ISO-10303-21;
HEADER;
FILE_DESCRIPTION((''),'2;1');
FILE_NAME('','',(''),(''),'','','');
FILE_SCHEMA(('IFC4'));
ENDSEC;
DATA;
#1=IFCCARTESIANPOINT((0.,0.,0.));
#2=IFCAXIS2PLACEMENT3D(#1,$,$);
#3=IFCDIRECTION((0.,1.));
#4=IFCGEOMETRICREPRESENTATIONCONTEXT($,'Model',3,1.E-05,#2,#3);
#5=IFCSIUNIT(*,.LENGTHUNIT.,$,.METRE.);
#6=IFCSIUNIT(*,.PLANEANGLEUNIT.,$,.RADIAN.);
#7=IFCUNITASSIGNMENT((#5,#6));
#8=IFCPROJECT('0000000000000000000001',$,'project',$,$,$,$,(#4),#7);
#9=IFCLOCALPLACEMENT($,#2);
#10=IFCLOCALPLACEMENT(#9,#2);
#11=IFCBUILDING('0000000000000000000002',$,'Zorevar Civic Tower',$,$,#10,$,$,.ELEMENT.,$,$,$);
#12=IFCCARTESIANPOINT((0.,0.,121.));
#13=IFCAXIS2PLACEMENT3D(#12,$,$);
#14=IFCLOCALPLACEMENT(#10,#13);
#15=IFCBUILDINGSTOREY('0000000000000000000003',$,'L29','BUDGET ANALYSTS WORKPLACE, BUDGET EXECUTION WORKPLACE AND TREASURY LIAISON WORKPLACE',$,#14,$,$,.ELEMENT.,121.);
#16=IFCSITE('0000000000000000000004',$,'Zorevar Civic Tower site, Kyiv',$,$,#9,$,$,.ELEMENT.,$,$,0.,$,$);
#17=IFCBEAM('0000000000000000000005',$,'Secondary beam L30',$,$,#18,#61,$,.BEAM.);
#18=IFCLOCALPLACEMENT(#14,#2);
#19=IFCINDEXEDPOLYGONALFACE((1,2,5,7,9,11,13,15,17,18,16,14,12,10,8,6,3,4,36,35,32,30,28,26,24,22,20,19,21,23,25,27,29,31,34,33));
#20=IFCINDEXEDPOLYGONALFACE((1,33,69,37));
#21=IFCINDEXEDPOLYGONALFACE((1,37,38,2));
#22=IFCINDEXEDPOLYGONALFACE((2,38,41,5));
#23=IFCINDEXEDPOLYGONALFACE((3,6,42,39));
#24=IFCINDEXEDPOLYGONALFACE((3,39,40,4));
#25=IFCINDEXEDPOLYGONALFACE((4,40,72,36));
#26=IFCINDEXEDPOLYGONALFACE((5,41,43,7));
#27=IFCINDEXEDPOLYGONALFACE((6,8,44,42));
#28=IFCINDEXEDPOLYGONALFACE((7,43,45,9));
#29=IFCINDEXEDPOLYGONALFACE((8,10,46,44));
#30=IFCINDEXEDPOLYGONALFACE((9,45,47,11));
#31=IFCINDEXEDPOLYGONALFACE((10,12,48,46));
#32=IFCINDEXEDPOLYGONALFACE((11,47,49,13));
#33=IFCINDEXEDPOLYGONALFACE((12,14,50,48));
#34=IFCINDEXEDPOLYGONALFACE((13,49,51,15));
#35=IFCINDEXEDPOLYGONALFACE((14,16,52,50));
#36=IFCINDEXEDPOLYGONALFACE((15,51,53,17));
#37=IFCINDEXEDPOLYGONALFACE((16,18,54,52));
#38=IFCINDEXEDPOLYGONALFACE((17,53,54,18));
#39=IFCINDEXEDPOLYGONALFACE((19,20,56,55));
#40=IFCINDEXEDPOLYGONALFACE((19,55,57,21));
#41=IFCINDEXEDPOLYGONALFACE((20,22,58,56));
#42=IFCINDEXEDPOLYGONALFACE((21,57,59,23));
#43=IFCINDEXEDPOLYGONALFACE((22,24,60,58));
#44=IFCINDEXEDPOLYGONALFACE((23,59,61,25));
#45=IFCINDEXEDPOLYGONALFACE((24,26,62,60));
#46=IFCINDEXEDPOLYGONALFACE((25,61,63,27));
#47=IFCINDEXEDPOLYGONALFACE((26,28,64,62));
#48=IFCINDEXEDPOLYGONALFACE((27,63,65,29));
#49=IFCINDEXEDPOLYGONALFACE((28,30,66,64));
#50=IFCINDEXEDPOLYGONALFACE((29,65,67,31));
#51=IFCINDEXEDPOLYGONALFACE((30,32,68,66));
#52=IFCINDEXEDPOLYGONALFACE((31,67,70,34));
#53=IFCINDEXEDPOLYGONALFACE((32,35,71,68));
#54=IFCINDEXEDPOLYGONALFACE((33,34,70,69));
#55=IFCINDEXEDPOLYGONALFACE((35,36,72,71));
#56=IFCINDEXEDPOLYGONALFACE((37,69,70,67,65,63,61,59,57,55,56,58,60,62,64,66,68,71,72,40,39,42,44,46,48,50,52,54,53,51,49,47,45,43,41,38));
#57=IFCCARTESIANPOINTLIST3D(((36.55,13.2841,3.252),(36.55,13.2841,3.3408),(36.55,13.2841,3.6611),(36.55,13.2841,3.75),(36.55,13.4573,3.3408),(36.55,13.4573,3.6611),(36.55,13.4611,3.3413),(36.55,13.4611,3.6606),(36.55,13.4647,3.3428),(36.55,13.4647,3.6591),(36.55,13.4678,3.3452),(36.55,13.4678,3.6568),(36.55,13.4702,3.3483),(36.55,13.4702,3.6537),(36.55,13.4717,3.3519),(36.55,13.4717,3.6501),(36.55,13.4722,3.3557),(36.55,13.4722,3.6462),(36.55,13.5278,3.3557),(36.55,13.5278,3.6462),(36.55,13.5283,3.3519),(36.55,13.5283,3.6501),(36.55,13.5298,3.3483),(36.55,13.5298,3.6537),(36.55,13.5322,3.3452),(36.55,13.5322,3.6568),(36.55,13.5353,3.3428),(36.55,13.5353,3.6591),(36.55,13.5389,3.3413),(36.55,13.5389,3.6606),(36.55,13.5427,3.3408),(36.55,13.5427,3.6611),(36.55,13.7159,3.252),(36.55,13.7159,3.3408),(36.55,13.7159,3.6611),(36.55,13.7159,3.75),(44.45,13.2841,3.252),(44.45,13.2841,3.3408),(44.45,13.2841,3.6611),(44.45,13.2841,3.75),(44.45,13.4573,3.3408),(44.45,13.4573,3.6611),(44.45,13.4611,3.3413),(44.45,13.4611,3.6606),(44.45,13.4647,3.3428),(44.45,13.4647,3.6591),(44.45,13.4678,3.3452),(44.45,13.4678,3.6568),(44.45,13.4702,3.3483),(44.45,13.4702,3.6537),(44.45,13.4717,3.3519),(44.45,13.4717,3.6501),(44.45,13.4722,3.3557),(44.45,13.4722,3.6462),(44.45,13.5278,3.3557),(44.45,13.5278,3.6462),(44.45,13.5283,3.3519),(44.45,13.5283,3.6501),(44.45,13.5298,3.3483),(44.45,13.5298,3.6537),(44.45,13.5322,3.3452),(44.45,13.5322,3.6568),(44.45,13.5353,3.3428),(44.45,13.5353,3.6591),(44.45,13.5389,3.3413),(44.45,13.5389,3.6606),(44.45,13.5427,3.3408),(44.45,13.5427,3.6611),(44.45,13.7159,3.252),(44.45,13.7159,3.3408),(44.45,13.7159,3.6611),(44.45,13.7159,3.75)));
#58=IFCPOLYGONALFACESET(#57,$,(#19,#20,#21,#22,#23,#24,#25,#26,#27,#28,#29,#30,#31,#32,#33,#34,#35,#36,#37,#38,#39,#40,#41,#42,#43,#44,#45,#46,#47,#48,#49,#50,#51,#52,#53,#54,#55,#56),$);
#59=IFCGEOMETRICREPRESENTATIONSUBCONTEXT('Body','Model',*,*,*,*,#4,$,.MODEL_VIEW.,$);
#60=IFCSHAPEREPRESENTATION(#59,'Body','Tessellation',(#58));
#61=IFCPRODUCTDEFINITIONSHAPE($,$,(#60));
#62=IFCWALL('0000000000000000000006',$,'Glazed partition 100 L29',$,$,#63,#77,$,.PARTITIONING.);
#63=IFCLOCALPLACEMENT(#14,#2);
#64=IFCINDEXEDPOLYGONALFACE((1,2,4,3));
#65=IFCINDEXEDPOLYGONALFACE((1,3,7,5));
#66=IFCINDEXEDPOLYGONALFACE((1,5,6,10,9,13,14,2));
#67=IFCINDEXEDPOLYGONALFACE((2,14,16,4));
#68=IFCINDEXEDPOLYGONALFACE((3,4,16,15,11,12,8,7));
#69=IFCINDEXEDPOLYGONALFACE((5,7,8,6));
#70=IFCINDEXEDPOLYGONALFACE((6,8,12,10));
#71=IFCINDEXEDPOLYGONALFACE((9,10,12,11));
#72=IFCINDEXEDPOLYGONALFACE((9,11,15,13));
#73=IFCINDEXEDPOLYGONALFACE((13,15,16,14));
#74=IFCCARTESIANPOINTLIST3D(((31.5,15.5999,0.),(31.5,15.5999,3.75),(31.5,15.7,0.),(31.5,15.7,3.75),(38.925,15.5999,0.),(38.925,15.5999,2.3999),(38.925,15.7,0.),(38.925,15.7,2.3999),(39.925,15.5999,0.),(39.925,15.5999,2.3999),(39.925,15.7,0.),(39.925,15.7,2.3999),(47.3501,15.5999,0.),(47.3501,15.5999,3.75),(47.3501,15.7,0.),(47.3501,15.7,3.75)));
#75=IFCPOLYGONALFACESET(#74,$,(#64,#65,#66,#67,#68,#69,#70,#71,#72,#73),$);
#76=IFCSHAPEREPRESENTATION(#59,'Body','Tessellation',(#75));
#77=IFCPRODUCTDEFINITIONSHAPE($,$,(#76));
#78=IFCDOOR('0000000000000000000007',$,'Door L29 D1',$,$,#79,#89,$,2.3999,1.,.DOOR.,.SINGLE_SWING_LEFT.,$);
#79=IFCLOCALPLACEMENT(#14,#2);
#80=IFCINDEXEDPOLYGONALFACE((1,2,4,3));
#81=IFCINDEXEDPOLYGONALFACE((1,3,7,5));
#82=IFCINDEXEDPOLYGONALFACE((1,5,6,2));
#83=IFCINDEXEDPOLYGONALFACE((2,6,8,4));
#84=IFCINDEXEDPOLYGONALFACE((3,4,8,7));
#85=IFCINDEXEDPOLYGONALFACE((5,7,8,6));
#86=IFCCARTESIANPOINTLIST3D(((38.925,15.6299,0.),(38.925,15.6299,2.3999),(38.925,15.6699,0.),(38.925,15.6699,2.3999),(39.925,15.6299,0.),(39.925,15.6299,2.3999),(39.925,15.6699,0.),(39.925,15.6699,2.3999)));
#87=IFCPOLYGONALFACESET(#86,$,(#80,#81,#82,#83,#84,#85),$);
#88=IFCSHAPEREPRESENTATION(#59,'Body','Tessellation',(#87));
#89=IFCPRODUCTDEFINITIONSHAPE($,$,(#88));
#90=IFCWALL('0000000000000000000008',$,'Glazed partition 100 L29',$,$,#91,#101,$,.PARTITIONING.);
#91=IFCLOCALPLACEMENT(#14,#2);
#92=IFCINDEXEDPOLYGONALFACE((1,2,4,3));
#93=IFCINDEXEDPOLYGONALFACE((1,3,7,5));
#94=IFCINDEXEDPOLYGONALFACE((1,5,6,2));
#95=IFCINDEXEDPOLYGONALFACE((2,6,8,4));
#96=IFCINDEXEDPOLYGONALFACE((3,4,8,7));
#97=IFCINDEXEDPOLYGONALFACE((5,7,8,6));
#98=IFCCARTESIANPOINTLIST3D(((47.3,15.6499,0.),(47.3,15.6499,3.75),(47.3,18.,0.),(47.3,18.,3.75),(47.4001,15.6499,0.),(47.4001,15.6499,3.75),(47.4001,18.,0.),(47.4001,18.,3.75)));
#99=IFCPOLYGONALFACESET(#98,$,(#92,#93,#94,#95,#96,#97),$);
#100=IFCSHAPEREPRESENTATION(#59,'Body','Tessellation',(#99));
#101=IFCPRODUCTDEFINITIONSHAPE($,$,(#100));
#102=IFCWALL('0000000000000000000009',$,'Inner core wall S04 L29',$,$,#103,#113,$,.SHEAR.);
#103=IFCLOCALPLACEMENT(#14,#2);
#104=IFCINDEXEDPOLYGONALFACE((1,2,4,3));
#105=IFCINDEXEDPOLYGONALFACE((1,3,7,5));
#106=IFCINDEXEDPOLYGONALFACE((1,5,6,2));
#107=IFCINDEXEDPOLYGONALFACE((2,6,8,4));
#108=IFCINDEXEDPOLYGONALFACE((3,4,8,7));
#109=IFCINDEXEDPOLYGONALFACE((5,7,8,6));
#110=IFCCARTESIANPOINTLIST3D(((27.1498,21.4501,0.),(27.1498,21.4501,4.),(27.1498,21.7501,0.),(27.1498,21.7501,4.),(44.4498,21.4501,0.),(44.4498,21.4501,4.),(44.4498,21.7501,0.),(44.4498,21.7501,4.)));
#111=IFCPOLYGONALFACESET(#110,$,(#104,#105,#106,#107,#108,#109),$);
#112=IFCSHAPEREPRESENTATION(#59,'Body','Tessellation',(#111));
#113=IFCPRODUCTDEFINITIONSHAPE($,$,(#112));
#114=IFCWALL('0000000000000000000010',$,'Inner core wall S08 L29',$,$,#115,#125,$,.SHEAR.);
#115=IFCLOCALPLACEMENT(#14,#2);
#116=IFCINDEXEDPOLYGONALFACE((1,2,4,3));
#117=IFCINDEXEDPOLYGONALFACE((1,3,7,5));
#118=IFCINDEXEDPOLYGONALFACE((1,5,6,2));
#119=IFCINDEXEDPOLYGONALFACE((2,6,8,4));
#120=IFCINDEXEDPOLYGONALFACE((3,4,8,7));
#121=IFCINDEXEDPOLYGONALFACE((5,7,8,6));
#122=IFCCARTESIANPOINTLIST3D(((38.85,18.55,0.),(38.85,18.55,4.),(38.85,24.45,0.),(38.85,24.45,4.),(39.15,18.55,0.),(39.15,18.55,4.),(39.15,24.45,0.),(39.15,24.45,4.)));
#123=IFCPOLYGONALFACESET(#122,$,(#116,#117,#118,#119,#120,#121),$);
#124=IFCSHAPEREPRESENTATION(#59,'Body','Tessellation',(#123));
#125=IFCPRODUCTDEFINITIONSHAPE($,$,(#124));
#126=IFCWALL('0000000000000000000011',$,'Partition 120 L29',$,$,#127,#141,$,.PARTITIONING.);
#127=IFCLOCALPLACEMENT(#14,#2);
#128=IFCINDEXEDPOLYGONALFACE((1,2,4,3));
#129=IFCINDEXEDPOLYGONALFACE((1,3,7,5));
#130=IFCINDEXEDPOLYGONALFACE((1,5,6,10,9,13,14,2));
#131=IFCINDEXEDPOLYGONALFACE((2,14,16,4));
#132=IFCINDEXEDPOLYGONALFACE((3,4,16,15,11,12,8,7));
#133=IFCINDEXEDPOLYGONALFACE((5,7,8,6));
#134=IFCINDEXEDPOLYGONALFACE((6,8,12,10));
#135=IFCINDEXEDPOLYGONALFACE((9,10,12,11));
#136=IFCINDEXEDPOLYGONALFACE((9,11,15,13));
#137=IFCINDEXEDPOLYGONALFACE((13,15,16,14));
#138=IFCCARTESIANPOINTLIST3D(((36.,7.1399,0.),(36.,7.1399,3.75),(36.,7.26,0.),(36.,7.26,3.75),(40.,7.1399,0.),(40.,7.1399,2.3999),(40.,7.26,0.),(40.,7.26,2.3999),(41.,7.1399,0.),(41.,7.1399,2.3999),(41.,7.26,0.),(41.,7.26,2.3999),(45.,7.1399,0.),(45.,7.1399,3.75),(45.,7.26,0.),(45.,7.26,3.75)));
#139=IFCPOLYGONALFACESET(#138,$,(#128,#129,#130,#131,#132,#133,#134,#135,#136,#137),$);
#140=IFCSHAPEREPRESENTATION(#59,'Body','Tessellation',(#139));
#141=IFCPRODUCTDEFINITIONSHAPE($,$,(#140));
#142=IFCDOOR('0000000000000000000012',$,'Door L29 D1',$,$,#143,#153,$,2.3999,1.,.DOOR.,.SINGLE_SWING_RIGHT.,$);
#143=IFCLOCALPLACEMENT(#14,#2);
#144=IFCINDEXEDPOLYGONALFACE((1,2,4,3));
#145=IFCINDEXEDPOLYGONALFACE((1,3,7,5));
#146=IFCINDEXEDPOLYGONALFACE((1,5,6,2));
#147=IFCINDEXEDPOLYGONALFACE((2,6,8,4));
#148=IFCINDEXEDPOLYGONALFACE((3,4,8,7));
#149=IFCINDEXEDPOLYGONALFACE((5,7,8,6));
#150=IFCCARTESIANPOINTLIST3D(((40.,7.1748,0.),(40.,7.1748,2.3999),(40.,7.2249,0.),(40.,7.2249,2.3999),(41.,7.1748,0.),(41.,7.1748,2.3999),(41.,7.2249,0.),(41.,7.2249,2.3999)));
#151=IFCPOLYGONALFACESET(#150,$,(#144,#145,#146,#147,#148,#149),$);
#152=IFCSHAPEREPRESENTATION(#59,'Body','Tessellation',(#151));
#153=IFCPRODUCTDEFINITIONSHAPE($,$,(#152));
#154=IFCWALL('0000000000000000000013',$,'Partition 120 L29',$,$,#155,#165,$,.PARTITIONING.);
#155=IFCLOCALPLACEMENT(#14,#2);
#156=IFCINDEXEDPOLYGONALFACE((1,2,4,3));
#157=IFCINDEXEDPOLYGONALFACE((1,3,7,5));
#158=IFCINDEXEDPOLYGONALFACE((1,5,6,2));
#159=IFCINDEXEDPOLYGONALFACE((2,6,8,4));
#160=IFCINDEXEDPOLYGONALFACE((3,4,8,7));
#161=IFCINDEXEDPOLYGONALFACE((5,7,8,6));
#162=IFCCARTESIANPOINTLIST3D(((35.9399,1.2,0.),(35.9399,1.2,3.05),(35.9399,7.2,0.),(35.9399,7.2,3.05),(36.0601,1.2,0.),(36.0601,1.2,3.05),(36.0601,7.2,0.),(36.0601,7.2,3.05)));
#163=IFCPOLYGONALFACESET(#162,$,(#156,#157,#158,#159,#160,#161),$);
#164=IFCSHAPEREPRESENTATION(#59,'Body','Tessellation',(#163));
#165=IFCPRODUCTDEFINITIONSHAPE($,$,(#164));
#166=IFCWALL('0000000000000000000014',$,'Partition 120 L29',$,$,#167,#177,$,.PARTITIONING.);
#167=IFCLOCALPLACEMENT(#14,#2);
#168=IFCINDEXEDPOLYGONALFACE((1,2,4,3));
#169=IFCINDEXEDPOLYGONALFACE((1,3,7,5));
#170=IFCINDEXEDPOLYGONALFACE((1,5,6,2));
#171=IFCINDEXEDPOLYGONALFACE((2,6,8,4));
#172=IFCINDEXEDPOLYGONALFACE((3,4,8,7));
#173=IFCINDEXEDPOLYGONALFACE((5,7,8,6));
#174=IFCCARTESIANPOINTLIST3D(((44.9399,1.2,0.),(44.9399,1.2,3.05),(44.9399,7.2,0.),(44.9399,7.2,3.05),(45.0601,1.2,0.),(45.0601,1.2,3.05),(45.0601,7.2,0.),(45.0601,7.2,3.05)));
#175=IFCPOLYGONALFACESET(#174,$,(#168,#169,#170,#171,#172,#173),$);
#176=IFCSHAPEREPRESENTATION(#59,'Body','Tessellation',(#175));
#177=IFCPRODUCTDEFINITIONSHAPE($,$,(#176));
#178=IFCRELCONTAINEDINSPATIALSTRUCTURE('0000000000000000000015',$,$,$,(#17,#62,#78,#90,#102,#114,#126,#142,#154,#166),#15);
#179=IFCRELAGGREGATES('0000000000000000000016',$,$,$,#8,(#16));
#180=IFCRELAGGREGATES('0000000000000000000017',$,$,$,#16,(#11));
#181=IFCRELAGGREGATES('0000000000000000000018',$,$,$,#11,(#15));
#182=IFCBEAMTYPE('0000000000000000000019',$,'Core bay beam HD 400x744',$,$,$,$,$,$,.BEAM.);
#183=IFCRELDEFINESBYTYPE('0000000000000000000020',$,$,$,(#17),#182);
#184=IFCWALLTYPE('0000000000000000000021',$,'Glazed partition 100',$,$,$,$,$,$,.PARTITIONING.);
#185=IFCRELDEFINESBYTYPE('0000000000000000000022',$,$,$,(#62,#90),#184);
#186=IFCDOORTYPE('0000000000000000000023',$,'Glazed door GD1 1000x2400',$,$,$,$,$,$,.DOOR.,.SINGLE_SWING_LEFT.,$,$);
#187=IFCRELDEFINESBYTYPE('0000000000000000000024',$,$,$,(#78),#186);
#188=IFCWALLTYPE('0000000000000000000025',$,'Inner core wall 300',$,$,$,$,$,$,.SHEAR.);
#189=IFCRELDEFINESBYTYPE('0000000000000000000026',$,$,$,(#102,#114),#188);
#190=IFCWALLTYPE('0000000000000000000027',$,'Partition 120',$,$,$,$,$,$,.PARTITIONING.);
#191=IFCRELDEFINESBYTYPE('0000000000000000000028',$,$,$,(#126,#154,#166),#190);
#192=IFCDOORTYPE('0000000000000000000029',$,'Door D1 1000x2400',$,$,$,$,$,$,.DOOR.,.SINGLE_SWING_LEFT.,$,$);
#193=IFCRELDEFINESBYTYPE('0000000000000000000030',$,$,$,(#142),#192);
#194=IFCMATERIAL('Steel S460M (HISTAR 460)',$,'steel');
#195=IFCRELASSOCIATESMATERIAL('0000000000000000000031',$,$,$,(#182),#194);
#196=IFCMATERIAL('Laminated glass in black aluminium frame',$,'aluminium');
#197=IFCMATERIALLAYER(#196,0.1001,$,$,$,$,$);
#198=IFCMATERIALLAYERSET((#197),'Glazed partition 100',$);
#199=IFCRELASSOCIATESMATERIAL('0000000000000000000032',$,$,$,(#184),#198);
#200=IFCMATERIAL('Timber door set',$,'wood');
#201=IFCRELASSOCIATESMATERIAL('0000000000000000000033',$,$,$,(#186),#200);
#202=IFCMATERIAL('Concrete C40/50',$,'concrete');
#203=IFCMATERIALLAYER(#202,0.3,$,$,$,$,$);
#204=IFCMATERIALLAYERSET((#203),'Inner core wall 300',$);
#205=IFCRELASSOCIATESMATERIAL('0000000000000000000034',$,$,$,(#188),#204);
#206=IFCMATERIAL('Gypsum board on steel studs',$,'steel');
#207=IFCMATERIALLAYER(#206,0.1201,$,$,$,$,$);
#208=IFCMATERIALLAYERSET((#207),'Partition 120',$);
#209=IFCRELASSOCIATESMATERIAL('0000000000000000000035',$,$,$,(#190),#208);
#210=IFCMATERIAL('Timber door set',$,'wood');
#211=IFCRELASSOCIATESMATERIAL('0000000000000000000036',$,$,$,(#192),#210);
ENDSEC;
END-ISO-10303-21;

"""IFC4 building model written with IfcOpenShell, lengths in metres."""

from ifc_helpers import new_model, si_unit, direction, frame, frame_2d, origin, origin_2d, place, context, subcontext, project, spatial, rectangle, i_section, extrude, material, layer, layer_set, material_profile, profile_set, type_object, element, fill, save


model = new_model("IFC4")

# Units and contexts
model_context = context("Model", 3, precision=1e-05, world=origin(), true_north=direction((0.0, 1.0)))
body_context = subcontext(model_context, "Body", "Model", "MODEL_VIEW")
ifc_project = project(units=[si_unit("LENGTHUNIT", "METRE"), si_unit("PLANEANGLEUNIT", "RADIAN")], contexts=[model_context])

# Site, building, storey
site_placement = place(None, origin())
site = spatial("IfcSite", under=ifc_project, at=site_placement, Name="Zorevar Civic Tower site, Kyiv", CompositionType="ELEMENT", RefElevation=0.0)
building_placement = place(site_placement, origin())
building = spatial("IfcBuilding", under=site, at=building_placement, Name="Zorevar Civic Tower", CompositionType="ELEMENT")
storey_placement = place(building_placement, frame((0.0, 0.0, 121.0)))
storey = spatial("IfcBuildingStorey", under=building, at=storey_placement, Name="L29", Description="BUDGET ANALYSTS WORKPLACE, BUDGET EXECUTION WORKPLACE AND TREASURY LIAISON WORKPLACE", CompositionType="ELEMENT", Elevation=121.0)

# Beam
ifc_material_1 = material(Name="Steel S460M (HISTAR 460)", Category="steel")
ifc_material_profile_1 = material_profile(ifc_material_1, i_section(OverallWidth=0.4319, OverallDepth=0.498, WebThickness=0.0557, FlangeThickness=0.0889, FilletRadius=0.0149, at=origin_2d()), Name="HD 400x744")
ifc_profile_set_1 = profile_set([ifc_material_profile_1], Name="Steel S460M (HISTAR 460)")
beam_type_1 = type_object("IfcBeamType", Name="Core bay beam HD 400x744", PredefinedType="BEAM", material=ifc_profile_set_1)
for number, where, z_axis, x_axis, name in (
    (1, (36.55, 13.5, 3.501), (1.0, 0.0, 0.0), (0.0, 1.0, 0.0), "Secondary beam L30"),
):
    element("IfcBeam", number, at=place(storey_placement, frame(where, z_axis=z_axis, x_axis=x_axis)), inside=storey, type_object=beam_type_1, Name=name, PredefinedType="BEAM", context=body_context, shape_type="SweptSolid", body=[
        extrude(i_section(OverallWidth=0.4319, OverallDepth=0.498, WebThickness=0.0557, FlangeThickness=0.0889, FilletRadius=0.0149, at=origin_2d()), origin(), (0.0, 0.0, 1.0), 7.8999),
    ])

# Wall, opening, door
ifc_material_2 = material(Name="Laminated glass in black aluminium frame", Category="aluminium")
ifc_layer_1 = layer(ifc_material_2, 0.1001)
ifc_layer_set_1 = layer_set([ifc_layer_1], Name="Glazed partition 100")
wall_type_1 = type_object("IfcWallType", Name="Glazed partition 100", PredefinedType="PARTITIONING", material=ifc_layer_set_1)
wall_1_placement = place(storey_placement, frame((31.5, 15.6499, 0.0), z_axis=(0.0, 0.0, 1.0), x_axis=(1.0, 0.0, 0.0)))
wall_1 = element("IfcWall", 2, at=wall_1_placement, inside=storey, type_object=wall_type_1, Name="Glazed partition 100 L29", PredefinedType="PARTITIONING", context=body_context, shape_type="SweptSolid", body=[
    extrude(rectangle(XDim=15.8501, YDim=0.1001, at=frame_2d((7.925, 0.0))), origin(), (0.0, 0.0, 1.0), 3.75),
])
opening_1_placement = place(wall_1_placement, frame((7.425, 0.0, 0.0)))
opening_1 = element("IfcOpeningElement", 3, at=opening_1_placement, cuts=wall_1, PredefinedType="OPENING", context=body_context, shape_type="SweptSolid", body=[
    extrude(rectangle(XDim=1.0, YDim=2.3999, at=frame_2d((0.5, 1.2))), frame((0.0, 0.0601, 0.0), z_axis=(0.0, -1.0, 0.0), x_axis=(1.0, 0.0, 0.0)), (0.0, 0.0, 1.0), 0.1201),
])
ifc_material_3 = material(Name="Timber door set", Category="wood")
door_type_1 = type_object("IfcDoorType", Name="Glazed door GD1 1000x2400", OperationType="SINGLE_SWING_LEFT", PredefinedType="DOOR", material=ifc_material_3)
door_1_placement = place(opening_1_placement, origin())
door_1 = element("IfcDoor", 4, at=door_1_placement, inside=storey, type_object=door_type_1, Name="Door L29 D1", OperationType="SINGLE_SWING_LEFT", OverallHeight=2.3999, OverallWidth=1.0, PredefinedType="DOOR", context=body_context, shape_type="SweptSolid", body=[
    extrude(rectangle(XDim=1.0, YDim=2.3999, at=frame_2d((0.5, 1.2))), frame((0.0, 0.02, 0.0), z_axis=(0.0, -1.0, 0.0), x_axis=(1.0, 0.0, 0.0)), (0.0, 0.0, 1.0), 0.04),
])
fill(opening_1, door_1)

# Walls
wall_2_placement = place(storey_placement, frame((47.3501, 15.6499, 0.0), z_axis=(0.0, 0.0, 1.0), x_axis=(0.0, 1.0, 0.0)))
element("IfcWall", 5, at=wall_2_placement, inside=storey, type_object=wall_type_1, Name="Glazed partition 100 L29", PredefinedType="PARTITIONING", context=body_context, shape_type="SweptSolid", body=[
    extrude(rectangle(XDim=2.3501, YDim=0.1001, at=frame_2d((1.175, 0.0))), origin(), (0.0, 0.0, 1.0), 3.75),
])
ifc_material_4 = material(Name="Concrete C40/50", Category="concrete")
ifc_layer_2 = layer(ifc_material_4, 0.3)
ifc_layer_set_2 = layer_set([ifc_layer_2], Name="Inner core wall 300")
wall_type_2 = type_object("IfcWallType", Name="Inner core wall 300", PredefinedType="SHEAR", material=ifc_layer_set_2)
wall_3_placement = place(storey_placement, frame((27.1499, 21.6001, 0.0), z_axis=(0.0, 0.0, 1.0), x_axis=(1.0, 0.0, 0.0)))
element("IfcWall", 6, at=wall_3_placement, inside=storey, type_object=wall_type_2, Name="Inner core wall S04 L29", PredefinedType="SHEAR", context=body_context, shape_type="SweptSolid", body=[
    extrude(rectangle(XDim=17.3, YDim=0.3, at=frame_2d((8.6499, 0.0))), origin(), (0.0, 0.0, 1.0), 4.0),
])
wall_4_placement = place(storey_placement, frame((39.0, 18.55, 0.0), z_axis=(0.0, 0.0, 1.0), x_axis=(0.0, 1.0, 0.0)))
element("IfcWall", 7, at=wall_4_placement, inside=storey, type_object=wall_type_2, Name="Inner core wall S08 L29", PredefinedType="SHEAR", context=body_context, shape_type="SweptSolid", body=[
    extrude(rectangle(XDim=5.8999, YDim=0.3, at=frame_2d((2.95, 0.0))), origin(), (0.0, 0.0, 1.0), 4.0),
])

# Wall, opening, door
ifc_material_5 = material(Name="Gypsum board on steel studs", Category="steel")
ifc_layer_3 = layer(ifc_material_5, 0.1201)
ifc_layer_set_3 = layer_set([ifc_layer_3], Name="Partition 120")
wall_type_3 = type_object("IfcWallType", Name="Partition 120", PredefinedType="PARTITIONING", material=ifc_layer_set_3)
wall_5_placement = place(storey_placement, frame((36.0, 7.2, 0.0), z_axis=(0.0, 0.0, 1.0), x_axis=(1.0, 0.0, 0.0)))
wall_5 = element("IfcWall", 8, at=wall_5_placement, inside=storey, type_object=wall_type_3, Name="Partition 120 L29", PredefinedType="PARTITIONING", context=body_context, shape_type="SweptSolid", body=[
    extrude(rectangle(XDim=9.0, YDim=0.1201, at=frame_2d((4.5, 0.0))), origin(), (0.0, 0.0, 1.0), 3.75),
])
opening_2_placement = place(wall_5_placement, frame((4.0, 0.0, 0.0)))
opening_2 = element("IfcOpeningElement", 9, at=opening_2_placement, cuts=wall_5, PredefinedType="OPENING", context=body_context, shape_type="SweptSolid", body=[
    extrude(rectangle(XDim=1.0, YDim=2.3999, at=frame_2d((0.5, 1.2))), frame((0.0, 0.0701, 0.0), z_axis=(0.0, -1.0, 0.0), x_axis=(1.0, 0.0, 0.0)), (0.0, 0.0, 1.0), 0.1401),
])
ifc_material_6 = material(Name="Timber door set", Category="wood")
door_type_2 = type_object("IfcDoorType", Name="Door D1 1000x2400", OperationType="SINGLE_SWING_LEFT", PredefinedType="DOOR", material=ifc_material_6)
door_2_placement = place(opening_2_placement, origin())
door_2 = element("IfcDoor", 10, at=door_2_placement, inside=storey, type_object=door_type_2, Name="Door L29 D1", OperationType="SINGLE_SWING_RIGHT", OverallHeight=2.3999, OverallWidth=1.0, PredefinedType="DOOR", context=body_context, shape_type="SweptSolid", body=[
    extrude(rectangle(XDim=1.0, YDim=2.3999, at=frame_2d((0.5, 1.2))), frame((0.0, 0.0249, 0.0), z_axis=(0.0, -1.0, 0.0), x_axis=(1.0, 0.0, 0.0)), (0.0, 0.0, 1.0), 0.05),
])
fill(opening_2, door_2)

# Walls
for number, where, z_axis, x_axis, name in (
    (11, (36.0, 1.2, 0.0), (0.0, 0.0, 1.0), (0.0, 1.0, 0.0), "Partition 120 L29"),
    (12, (45.0, 1.2, 0.0), (0.0, 0.0, 1.0), (0.0, 1.0, 0.0), "Partition 120 L29"),
):
    element("IfcWall", number, at=place(storey_placement, frame(where, z_axis=z_axis, x_axis=x_axis)), inside=storey, type_object=wall_type_3, Name=name, PredefinedType="PARTITIONING", context=body_context, shape_type="SweptSolid", body=[
        extrude(rectangle(XDim=6.0, YDim=0.1201, at=frame_2d((3.0, 0.0))), origin(), (0.0, 0.0, 1.0), 3.05),
    ])

save(model, "model.ifc")
